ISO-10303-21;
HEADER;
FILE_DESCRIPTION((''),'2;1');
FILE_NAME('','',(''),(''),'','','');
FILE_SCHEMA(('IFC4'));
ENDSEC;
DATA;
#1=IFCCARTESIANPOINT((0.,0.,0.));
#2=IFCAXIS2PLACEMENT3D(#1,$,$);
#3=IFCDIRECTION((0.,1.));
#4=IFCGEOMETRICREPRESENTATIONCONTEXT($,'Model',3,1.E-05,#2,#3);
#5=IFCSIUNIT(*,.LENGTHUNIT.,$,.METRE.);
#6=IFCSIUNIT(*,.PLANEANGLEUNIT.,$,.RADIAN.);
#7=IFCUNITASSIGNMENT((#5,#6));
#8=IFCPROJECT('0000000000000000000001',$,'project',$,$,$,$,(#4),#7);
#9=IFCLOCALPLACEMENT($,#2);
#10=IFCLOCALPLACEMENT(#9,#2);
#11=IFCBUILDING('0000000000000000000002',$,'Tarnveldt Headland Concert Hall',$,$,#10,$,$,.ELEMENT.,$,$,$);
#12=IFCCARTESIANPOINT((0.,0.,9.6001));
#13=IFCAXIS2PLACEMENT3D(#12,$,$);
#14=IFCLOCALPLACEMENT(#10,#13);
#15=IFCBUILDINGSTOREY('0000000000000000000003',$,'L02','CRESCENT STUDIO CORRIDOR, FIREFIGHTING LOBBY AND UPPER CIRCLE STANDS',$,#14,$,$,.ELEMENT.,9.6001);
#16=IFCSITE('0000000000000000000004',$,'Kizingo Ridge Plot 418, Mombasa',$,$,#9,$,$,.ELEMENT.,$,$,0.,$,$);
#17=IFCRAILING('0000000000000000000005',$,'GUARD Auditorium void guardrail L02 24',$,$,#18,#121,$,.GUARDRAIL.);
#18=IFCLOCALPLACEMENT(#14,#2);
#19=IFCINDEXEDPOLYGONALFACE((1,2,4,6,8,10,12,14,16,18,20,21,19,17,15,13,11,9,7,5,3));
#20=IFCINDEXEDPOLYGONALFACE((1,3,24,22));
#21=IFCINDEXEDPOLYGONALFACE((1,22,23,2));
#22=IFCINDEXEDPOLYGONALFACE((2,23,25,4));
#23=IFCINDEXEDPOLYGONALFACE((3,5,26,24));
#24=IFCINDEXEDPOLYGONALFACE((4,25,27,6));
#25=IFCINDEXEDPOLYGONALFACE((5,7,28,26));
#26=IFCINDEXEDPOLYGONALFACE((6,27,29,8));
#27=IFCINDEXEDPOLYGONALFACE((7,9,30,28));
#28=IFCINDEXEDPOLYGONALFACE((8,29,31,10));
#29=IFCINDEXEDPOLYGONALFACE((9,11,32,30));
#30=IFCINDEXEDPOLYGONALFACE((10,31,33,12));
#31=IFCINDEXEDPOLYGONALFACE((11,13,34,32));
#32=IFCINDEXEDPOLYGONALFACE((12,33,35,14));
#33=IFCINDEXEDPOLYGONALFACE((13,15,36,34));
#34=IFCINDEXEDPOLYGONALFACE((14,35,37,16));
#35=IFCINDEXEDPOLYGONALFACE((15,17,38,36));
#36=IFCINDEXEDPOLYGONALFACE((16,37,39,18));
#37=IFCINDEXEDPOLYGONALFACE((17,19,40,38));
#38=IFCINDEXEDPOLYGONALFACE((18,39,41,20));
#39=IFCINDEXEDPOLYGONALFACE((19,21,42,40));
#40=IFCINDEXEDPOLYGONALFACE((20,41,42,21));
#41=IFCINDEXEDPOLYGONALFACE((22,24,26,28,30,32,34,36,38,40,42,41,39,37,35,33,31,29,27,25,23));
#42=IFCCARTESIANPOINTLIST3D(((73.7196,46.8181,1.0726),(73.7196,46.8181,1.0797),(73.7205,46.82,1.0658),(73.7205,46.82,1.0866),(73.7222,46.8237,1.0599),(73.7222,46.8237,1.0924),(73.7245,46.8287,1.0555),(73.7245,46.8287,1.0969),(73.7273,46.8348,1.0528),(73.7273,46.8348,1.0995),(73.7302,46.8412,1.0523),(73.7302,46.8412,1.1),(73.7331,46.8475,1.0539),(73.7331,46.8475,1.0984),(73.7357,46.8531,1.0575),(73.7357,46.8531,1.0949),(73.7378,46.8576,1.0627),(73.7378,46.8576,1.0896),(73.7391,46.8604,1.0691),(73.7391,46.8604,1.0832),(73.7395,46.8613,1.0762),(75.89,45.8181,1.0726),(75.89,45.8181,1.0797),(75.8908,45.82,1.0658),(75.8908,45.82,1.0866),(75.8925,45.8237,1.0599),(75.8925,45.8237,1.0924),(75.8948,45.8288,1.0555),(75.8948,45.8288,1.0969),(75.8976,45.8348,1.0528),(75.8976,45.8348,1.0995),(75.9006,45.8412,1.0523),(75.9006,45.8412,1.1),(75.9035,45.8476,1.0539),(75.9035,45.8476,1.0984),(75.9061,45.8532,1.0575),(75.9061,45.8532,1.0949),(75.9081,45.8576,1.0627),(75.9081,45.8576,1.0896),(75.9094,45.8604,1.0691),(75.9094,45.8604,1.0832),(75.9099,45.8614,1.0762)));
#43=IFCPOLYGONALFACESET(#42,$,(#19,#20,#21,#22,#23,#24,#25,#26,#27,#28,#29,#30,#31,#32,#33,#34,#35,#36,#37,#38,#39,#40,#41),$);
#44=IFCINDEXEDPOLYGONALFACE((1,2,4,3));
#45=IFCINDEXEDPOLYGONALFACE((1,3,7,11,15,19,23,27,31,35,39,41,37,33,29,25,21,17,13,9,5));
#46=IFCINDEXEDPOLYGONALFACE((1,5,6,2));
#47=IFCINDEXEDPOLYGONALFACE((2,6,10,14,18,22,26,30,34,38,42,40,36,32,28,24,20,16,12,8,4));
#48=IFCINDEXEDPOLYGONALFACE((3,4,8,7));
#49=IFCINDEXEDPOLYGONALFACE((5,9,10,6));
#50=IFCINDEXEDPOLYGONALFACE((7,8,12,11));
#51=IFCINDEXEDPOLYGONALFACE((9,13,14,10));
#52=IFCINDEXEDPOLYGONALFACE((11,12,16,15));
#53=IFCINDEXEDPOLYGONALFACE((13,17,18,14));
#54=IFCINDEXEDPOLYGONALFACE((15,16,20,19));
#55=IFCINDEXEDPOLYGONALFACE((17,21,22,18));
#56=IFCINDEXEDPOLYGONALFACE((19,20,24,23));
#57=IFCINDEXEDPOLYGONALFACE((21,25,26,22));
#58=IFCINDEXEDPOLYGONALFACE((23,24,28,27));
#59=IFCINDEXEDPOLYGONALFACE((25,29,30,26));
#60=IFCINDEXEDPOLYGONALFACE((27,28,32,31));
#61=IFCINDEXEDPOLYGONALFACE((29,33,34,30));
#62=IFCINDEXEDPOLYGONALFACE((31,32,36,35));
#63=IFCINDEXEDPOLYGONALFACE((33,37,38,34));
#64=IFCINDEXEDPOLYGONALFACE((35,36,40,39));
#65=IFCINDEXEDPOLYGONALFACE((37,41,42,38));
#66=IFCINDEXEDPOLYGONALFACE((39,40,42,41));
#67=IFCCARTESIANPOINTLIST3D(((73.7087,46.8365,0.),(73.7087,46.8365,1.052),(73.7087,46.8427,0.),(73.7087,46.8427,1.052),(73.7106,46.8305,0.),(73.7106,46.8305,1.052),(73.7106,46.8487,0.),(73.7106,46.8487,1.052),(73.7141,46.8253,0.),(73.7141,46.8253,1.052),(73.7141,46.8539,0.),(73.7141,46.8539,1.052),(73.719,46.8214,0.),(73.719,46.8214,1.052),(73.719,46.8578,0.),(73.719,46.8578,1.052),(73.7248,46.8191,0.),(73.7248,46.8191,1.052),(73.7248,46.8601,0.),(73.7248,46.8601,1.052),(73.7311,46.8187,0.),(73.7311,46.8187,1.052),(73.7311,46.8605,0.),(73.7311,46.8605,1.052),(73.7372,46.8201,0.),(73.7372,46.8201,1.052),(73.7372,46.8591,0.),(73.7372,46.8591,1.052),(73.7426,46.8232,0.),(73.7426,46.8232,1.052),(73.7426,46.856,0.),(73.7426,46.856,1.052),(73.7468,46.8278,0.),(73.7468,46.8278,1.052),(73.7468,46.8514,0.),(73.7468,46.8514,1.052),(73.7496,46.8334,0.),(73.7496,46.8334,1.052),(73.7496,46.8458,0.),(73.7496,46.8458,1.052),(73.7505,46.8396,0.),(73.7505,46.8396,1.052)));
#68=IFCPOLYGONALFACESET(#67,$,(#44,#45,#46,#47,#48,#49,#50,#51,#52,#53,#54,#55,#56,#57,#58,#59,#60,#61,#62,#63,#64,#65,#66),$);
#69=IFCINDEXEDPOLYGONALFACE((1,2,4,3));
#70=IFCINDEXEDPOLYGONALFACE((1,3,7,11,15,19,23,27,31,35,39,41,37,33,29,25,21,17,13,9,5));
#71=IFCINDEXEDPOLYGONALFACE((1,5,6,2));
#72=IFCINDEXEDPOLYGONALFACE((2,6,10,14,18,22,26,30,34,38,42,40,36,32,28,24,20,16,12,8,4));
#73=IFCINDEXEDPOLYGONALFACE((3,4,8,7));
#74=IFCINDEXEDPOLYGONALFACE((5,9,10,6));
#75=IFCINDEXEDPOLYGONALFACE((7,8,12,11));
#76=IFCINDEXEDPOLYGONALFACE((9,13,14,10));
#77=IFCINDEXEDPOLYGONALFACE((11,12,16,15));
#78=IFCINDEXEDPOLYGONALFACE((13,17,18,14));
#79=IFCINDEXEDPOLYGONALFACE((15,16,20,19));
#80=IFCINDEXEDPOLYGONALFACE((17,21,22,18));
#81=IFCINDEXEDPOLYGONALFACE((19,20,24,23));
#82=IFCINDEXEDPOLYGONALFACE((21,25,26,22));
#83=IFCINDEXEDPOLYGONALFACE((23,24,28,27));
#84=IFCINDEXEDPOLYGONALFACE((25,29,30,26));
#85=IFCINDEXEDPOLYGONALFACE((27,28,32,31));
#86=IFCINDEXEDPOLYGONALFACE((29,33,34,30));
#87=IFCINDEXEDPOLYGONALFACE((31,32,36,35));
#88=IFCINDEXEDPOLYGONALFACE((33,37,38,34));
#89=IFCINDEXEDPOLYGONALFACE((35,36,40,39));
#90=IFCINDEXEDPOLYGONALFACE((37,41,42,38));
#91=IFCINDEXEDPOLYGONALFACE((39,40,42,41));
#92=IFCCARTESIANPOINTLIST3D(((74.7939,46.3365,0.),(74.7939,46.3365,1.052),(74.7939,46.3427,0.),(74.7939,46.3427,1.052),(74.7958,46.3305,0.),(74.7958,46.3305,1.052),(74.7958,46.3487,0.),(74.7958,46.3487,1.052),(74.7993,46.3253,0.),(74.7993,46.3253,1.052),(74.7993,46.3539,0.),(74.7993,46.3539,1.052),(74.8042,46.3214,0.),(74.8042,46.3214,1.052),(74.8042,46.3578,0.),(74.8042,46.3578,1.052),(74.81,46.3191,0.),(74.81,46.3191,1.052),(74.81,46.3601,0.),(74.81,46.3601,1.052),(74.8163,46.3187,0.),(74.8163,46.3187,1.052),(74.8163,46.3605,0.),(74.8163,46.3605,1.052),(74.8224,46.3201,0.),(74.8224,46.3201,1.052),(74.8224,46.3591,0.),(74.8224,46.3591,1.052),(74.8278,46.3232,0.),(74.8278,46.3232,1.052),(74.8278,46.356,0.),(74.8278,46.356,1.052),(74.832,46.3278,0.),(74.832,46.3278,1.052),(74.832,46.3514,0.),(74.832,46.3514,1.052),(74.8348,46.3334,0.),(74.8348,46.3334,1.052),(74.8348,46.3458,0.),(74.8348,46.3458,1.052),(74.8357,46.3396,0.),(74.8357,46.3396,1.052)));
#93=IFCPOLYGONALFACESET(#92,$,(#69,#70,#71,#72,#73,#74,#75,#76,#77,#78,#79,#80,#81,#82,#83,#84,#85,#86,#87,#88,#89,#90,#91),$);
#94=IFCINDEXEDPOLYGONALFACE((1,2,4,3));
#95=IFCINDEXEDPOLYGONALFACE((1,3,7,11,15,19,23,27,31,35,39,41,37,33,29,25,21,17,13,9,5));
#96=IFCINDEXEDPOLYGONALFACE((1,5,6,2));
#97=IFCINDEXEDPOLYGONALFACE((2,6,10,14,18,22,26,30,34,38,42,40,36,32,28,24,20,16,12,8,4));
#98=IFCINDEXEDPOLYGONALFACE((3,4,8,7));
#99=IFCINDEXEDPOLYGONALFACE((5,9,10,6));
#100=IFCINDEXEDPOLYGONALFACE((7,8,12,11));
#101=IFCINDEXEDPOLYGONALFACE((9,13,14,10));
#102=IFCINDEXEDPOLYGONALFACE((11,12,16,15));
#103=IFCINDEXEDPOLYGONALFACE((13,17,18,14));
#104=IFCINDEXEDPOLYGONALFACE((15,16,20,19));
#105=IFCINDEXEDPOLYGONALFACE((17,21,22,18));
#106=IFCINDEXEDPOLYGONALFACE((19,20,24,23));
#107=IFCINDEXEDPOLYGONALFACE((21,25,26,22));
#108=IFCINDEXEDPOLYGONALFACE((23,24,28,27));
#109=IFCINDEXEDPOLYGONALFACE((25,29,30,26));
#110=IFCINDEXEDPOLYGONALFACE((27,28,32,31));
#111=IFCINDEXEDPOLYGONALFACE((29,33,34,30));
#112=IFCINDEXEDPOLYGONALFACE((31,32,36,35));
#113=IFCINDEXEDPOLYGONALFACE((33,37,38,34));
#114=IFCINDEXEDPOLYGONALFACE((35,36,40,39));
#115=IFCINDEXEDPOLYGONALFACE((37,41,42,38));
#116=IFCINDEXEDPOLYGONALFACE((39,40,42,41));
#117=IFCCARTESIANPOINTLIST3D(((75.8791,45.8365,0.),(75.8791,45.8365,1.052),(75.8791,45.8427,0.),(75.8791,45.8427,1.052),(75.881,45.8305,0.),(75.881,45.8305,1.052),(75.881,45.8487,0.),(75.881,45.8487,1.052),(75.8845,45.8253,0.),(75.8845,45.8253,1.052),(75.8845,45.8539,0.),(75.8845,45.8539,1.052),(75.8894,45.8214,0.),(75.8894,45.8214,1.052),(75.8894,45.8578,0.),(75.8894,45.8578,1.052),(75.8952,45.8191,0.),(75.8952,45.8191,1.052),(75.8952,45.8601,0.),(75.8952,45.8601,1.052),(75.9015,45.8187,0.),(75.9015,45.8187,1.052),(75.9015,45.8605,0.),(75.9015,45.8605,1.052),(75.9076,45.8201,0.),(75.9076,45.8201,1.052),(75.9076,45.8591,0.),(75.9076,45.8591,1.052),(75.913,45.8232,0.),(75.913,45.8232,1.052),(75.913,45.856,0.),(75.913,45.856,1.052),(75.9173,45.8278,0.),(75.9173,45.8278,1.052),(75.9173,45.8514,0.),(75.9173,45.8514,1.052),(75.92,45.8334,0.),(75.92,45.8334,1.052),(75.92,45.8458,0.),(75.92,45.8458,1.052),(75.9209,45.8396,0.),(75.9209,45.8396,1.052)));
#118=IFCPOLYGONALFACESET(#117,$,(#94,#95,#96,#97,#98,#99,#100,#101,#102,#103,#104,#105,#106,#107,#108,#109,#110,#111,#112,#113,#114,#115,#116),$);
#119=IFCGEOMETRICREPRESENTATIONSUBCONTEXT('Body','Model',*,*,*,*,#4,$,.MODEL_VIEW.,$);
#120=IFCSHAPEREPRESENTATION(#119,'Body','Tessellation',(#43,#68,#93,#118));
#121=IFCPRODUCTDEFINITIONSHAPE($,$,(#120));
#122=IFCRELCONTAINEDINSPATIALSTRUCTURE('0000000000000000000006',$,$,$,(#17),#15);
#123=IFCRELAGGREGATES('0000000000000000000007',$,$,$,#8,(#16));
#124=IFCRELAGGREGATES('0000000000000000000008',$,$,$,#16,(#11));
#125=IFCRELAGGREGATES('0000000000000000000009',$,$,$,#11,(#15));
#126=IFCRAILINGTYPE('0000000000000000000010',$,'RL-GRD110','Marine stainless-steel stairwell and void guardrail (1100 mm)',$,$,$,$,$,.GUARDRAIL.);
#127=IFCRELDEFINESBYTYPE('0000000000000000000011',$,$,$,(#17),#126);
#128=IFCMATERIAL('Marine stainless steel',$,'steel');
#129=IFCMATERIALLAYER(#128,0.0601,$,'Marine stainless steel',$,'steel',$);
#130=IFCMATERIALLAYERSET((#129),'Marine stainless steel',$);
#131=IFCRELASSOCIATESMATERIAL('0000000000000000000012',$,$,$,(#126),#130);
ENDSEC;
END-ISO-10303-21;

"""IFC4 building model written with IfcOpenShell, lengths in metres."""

from ifc_helpers import new_model, si_unit, direction, frame, origin, origin_2d, place, context, subcontext, project, spatial, circle, extrude, material, layer, layer_set, type_object, element, save


model = new_model("IFC4")

# Units and contexts
model_context = context("Model", 3, precision=1e-05, world=origin(), true_north=direction((0.0, 1.0)))
body_context = subcontext(model_context, "Body", "Model", "MODEL_VIEW")
ifc_project = project(units=[si_unit("LENGTHUNIT", "METRE"), si_unit("PLANEANGLEUNIT", "RADIAN")], contexts=[model_context])

# Site, building, storey
site_placement = place(None, origin())
site = spatial("IfcSite", under=ifc_project, at=site_placement, Name="Kizingo Ridge Plot 418, Mombasa", CompositionType="ELEMENT", RefElevation=0.0)
building_placement = place(site_placement, origin())
building = spatial("IfcBuilding", under=site, at=building_placement, Name="Tarnveldt Headland Concert Hall", CompositionType="ELEMENT")
storey_placement = place(building_placement, frame((0.0, 0.0, 9.6001)))
storey = spatial("IfcBuildingStorey", under=building, at=storey_placement, Name="L02", Description="CRESCENT STUDIO CORRIDOR, FIREFIGHTING LOBBY AND UPPER CIRCLE STANDS", CompositionType="ELEMENT", Elevation=9.6001)

# Railing
ifc_material_1 = material(Name="Marine stainless steel", Category="steel")
ifc_layer_1 = layer(ifc_material_1, 0.0601, Name="Marine stainless steel", Category="steel")
ifc_layer_set_1 = layer_set([ifc_layer_1], Name="Marine stainless steel")
railing_type = type_object("IfcRailingType", Name="RL-GRD110", Description="Marine stainless-steel stairwell and void guardrail (1100 mm)", PredefinedType="GUARDRAIL", material=ifc_layer_set_1)
railing_1_placement = place(storey_placement, frame((73.7295, 46.8396, 0.0)))
element("IfcRailing", 1, at=railing_1_placement, inside=storey, type_object=railing_type, Name="GUARD Auditorium void guardrail L02 24", PredefinedType="GUARDRAIL", context=body_context, shape_type="SweptSolid", body=[
    extrude(circle(Radius=0.0239, at=origin_2d()), frame((0.0, 0.0, 1.0762), z_axis=(0.908234, -0.418462, 0.0), x_axis=(0.418462, 0.908234, 0.0)), (0.0, 0.0, 1.0), 2.3896),
    extrude(circle(Radius=0.021, at=origin_2d()), origin(), (0.0, 0.0, 1.0), 1.052),
    extrude(circle(Radius=0.021, at=origin_2d()), frame((1.0852, -0.5, 0.0)), (0.0, 0.0, 1.0), 1.052),
    extrude(circle(Radius=0.021, at=origin_2d()), frame((2.1704, -1.0, 0.0)), (0.0, 0.0, 1.0), 1.052),
])

save(model, "model.ifc")
